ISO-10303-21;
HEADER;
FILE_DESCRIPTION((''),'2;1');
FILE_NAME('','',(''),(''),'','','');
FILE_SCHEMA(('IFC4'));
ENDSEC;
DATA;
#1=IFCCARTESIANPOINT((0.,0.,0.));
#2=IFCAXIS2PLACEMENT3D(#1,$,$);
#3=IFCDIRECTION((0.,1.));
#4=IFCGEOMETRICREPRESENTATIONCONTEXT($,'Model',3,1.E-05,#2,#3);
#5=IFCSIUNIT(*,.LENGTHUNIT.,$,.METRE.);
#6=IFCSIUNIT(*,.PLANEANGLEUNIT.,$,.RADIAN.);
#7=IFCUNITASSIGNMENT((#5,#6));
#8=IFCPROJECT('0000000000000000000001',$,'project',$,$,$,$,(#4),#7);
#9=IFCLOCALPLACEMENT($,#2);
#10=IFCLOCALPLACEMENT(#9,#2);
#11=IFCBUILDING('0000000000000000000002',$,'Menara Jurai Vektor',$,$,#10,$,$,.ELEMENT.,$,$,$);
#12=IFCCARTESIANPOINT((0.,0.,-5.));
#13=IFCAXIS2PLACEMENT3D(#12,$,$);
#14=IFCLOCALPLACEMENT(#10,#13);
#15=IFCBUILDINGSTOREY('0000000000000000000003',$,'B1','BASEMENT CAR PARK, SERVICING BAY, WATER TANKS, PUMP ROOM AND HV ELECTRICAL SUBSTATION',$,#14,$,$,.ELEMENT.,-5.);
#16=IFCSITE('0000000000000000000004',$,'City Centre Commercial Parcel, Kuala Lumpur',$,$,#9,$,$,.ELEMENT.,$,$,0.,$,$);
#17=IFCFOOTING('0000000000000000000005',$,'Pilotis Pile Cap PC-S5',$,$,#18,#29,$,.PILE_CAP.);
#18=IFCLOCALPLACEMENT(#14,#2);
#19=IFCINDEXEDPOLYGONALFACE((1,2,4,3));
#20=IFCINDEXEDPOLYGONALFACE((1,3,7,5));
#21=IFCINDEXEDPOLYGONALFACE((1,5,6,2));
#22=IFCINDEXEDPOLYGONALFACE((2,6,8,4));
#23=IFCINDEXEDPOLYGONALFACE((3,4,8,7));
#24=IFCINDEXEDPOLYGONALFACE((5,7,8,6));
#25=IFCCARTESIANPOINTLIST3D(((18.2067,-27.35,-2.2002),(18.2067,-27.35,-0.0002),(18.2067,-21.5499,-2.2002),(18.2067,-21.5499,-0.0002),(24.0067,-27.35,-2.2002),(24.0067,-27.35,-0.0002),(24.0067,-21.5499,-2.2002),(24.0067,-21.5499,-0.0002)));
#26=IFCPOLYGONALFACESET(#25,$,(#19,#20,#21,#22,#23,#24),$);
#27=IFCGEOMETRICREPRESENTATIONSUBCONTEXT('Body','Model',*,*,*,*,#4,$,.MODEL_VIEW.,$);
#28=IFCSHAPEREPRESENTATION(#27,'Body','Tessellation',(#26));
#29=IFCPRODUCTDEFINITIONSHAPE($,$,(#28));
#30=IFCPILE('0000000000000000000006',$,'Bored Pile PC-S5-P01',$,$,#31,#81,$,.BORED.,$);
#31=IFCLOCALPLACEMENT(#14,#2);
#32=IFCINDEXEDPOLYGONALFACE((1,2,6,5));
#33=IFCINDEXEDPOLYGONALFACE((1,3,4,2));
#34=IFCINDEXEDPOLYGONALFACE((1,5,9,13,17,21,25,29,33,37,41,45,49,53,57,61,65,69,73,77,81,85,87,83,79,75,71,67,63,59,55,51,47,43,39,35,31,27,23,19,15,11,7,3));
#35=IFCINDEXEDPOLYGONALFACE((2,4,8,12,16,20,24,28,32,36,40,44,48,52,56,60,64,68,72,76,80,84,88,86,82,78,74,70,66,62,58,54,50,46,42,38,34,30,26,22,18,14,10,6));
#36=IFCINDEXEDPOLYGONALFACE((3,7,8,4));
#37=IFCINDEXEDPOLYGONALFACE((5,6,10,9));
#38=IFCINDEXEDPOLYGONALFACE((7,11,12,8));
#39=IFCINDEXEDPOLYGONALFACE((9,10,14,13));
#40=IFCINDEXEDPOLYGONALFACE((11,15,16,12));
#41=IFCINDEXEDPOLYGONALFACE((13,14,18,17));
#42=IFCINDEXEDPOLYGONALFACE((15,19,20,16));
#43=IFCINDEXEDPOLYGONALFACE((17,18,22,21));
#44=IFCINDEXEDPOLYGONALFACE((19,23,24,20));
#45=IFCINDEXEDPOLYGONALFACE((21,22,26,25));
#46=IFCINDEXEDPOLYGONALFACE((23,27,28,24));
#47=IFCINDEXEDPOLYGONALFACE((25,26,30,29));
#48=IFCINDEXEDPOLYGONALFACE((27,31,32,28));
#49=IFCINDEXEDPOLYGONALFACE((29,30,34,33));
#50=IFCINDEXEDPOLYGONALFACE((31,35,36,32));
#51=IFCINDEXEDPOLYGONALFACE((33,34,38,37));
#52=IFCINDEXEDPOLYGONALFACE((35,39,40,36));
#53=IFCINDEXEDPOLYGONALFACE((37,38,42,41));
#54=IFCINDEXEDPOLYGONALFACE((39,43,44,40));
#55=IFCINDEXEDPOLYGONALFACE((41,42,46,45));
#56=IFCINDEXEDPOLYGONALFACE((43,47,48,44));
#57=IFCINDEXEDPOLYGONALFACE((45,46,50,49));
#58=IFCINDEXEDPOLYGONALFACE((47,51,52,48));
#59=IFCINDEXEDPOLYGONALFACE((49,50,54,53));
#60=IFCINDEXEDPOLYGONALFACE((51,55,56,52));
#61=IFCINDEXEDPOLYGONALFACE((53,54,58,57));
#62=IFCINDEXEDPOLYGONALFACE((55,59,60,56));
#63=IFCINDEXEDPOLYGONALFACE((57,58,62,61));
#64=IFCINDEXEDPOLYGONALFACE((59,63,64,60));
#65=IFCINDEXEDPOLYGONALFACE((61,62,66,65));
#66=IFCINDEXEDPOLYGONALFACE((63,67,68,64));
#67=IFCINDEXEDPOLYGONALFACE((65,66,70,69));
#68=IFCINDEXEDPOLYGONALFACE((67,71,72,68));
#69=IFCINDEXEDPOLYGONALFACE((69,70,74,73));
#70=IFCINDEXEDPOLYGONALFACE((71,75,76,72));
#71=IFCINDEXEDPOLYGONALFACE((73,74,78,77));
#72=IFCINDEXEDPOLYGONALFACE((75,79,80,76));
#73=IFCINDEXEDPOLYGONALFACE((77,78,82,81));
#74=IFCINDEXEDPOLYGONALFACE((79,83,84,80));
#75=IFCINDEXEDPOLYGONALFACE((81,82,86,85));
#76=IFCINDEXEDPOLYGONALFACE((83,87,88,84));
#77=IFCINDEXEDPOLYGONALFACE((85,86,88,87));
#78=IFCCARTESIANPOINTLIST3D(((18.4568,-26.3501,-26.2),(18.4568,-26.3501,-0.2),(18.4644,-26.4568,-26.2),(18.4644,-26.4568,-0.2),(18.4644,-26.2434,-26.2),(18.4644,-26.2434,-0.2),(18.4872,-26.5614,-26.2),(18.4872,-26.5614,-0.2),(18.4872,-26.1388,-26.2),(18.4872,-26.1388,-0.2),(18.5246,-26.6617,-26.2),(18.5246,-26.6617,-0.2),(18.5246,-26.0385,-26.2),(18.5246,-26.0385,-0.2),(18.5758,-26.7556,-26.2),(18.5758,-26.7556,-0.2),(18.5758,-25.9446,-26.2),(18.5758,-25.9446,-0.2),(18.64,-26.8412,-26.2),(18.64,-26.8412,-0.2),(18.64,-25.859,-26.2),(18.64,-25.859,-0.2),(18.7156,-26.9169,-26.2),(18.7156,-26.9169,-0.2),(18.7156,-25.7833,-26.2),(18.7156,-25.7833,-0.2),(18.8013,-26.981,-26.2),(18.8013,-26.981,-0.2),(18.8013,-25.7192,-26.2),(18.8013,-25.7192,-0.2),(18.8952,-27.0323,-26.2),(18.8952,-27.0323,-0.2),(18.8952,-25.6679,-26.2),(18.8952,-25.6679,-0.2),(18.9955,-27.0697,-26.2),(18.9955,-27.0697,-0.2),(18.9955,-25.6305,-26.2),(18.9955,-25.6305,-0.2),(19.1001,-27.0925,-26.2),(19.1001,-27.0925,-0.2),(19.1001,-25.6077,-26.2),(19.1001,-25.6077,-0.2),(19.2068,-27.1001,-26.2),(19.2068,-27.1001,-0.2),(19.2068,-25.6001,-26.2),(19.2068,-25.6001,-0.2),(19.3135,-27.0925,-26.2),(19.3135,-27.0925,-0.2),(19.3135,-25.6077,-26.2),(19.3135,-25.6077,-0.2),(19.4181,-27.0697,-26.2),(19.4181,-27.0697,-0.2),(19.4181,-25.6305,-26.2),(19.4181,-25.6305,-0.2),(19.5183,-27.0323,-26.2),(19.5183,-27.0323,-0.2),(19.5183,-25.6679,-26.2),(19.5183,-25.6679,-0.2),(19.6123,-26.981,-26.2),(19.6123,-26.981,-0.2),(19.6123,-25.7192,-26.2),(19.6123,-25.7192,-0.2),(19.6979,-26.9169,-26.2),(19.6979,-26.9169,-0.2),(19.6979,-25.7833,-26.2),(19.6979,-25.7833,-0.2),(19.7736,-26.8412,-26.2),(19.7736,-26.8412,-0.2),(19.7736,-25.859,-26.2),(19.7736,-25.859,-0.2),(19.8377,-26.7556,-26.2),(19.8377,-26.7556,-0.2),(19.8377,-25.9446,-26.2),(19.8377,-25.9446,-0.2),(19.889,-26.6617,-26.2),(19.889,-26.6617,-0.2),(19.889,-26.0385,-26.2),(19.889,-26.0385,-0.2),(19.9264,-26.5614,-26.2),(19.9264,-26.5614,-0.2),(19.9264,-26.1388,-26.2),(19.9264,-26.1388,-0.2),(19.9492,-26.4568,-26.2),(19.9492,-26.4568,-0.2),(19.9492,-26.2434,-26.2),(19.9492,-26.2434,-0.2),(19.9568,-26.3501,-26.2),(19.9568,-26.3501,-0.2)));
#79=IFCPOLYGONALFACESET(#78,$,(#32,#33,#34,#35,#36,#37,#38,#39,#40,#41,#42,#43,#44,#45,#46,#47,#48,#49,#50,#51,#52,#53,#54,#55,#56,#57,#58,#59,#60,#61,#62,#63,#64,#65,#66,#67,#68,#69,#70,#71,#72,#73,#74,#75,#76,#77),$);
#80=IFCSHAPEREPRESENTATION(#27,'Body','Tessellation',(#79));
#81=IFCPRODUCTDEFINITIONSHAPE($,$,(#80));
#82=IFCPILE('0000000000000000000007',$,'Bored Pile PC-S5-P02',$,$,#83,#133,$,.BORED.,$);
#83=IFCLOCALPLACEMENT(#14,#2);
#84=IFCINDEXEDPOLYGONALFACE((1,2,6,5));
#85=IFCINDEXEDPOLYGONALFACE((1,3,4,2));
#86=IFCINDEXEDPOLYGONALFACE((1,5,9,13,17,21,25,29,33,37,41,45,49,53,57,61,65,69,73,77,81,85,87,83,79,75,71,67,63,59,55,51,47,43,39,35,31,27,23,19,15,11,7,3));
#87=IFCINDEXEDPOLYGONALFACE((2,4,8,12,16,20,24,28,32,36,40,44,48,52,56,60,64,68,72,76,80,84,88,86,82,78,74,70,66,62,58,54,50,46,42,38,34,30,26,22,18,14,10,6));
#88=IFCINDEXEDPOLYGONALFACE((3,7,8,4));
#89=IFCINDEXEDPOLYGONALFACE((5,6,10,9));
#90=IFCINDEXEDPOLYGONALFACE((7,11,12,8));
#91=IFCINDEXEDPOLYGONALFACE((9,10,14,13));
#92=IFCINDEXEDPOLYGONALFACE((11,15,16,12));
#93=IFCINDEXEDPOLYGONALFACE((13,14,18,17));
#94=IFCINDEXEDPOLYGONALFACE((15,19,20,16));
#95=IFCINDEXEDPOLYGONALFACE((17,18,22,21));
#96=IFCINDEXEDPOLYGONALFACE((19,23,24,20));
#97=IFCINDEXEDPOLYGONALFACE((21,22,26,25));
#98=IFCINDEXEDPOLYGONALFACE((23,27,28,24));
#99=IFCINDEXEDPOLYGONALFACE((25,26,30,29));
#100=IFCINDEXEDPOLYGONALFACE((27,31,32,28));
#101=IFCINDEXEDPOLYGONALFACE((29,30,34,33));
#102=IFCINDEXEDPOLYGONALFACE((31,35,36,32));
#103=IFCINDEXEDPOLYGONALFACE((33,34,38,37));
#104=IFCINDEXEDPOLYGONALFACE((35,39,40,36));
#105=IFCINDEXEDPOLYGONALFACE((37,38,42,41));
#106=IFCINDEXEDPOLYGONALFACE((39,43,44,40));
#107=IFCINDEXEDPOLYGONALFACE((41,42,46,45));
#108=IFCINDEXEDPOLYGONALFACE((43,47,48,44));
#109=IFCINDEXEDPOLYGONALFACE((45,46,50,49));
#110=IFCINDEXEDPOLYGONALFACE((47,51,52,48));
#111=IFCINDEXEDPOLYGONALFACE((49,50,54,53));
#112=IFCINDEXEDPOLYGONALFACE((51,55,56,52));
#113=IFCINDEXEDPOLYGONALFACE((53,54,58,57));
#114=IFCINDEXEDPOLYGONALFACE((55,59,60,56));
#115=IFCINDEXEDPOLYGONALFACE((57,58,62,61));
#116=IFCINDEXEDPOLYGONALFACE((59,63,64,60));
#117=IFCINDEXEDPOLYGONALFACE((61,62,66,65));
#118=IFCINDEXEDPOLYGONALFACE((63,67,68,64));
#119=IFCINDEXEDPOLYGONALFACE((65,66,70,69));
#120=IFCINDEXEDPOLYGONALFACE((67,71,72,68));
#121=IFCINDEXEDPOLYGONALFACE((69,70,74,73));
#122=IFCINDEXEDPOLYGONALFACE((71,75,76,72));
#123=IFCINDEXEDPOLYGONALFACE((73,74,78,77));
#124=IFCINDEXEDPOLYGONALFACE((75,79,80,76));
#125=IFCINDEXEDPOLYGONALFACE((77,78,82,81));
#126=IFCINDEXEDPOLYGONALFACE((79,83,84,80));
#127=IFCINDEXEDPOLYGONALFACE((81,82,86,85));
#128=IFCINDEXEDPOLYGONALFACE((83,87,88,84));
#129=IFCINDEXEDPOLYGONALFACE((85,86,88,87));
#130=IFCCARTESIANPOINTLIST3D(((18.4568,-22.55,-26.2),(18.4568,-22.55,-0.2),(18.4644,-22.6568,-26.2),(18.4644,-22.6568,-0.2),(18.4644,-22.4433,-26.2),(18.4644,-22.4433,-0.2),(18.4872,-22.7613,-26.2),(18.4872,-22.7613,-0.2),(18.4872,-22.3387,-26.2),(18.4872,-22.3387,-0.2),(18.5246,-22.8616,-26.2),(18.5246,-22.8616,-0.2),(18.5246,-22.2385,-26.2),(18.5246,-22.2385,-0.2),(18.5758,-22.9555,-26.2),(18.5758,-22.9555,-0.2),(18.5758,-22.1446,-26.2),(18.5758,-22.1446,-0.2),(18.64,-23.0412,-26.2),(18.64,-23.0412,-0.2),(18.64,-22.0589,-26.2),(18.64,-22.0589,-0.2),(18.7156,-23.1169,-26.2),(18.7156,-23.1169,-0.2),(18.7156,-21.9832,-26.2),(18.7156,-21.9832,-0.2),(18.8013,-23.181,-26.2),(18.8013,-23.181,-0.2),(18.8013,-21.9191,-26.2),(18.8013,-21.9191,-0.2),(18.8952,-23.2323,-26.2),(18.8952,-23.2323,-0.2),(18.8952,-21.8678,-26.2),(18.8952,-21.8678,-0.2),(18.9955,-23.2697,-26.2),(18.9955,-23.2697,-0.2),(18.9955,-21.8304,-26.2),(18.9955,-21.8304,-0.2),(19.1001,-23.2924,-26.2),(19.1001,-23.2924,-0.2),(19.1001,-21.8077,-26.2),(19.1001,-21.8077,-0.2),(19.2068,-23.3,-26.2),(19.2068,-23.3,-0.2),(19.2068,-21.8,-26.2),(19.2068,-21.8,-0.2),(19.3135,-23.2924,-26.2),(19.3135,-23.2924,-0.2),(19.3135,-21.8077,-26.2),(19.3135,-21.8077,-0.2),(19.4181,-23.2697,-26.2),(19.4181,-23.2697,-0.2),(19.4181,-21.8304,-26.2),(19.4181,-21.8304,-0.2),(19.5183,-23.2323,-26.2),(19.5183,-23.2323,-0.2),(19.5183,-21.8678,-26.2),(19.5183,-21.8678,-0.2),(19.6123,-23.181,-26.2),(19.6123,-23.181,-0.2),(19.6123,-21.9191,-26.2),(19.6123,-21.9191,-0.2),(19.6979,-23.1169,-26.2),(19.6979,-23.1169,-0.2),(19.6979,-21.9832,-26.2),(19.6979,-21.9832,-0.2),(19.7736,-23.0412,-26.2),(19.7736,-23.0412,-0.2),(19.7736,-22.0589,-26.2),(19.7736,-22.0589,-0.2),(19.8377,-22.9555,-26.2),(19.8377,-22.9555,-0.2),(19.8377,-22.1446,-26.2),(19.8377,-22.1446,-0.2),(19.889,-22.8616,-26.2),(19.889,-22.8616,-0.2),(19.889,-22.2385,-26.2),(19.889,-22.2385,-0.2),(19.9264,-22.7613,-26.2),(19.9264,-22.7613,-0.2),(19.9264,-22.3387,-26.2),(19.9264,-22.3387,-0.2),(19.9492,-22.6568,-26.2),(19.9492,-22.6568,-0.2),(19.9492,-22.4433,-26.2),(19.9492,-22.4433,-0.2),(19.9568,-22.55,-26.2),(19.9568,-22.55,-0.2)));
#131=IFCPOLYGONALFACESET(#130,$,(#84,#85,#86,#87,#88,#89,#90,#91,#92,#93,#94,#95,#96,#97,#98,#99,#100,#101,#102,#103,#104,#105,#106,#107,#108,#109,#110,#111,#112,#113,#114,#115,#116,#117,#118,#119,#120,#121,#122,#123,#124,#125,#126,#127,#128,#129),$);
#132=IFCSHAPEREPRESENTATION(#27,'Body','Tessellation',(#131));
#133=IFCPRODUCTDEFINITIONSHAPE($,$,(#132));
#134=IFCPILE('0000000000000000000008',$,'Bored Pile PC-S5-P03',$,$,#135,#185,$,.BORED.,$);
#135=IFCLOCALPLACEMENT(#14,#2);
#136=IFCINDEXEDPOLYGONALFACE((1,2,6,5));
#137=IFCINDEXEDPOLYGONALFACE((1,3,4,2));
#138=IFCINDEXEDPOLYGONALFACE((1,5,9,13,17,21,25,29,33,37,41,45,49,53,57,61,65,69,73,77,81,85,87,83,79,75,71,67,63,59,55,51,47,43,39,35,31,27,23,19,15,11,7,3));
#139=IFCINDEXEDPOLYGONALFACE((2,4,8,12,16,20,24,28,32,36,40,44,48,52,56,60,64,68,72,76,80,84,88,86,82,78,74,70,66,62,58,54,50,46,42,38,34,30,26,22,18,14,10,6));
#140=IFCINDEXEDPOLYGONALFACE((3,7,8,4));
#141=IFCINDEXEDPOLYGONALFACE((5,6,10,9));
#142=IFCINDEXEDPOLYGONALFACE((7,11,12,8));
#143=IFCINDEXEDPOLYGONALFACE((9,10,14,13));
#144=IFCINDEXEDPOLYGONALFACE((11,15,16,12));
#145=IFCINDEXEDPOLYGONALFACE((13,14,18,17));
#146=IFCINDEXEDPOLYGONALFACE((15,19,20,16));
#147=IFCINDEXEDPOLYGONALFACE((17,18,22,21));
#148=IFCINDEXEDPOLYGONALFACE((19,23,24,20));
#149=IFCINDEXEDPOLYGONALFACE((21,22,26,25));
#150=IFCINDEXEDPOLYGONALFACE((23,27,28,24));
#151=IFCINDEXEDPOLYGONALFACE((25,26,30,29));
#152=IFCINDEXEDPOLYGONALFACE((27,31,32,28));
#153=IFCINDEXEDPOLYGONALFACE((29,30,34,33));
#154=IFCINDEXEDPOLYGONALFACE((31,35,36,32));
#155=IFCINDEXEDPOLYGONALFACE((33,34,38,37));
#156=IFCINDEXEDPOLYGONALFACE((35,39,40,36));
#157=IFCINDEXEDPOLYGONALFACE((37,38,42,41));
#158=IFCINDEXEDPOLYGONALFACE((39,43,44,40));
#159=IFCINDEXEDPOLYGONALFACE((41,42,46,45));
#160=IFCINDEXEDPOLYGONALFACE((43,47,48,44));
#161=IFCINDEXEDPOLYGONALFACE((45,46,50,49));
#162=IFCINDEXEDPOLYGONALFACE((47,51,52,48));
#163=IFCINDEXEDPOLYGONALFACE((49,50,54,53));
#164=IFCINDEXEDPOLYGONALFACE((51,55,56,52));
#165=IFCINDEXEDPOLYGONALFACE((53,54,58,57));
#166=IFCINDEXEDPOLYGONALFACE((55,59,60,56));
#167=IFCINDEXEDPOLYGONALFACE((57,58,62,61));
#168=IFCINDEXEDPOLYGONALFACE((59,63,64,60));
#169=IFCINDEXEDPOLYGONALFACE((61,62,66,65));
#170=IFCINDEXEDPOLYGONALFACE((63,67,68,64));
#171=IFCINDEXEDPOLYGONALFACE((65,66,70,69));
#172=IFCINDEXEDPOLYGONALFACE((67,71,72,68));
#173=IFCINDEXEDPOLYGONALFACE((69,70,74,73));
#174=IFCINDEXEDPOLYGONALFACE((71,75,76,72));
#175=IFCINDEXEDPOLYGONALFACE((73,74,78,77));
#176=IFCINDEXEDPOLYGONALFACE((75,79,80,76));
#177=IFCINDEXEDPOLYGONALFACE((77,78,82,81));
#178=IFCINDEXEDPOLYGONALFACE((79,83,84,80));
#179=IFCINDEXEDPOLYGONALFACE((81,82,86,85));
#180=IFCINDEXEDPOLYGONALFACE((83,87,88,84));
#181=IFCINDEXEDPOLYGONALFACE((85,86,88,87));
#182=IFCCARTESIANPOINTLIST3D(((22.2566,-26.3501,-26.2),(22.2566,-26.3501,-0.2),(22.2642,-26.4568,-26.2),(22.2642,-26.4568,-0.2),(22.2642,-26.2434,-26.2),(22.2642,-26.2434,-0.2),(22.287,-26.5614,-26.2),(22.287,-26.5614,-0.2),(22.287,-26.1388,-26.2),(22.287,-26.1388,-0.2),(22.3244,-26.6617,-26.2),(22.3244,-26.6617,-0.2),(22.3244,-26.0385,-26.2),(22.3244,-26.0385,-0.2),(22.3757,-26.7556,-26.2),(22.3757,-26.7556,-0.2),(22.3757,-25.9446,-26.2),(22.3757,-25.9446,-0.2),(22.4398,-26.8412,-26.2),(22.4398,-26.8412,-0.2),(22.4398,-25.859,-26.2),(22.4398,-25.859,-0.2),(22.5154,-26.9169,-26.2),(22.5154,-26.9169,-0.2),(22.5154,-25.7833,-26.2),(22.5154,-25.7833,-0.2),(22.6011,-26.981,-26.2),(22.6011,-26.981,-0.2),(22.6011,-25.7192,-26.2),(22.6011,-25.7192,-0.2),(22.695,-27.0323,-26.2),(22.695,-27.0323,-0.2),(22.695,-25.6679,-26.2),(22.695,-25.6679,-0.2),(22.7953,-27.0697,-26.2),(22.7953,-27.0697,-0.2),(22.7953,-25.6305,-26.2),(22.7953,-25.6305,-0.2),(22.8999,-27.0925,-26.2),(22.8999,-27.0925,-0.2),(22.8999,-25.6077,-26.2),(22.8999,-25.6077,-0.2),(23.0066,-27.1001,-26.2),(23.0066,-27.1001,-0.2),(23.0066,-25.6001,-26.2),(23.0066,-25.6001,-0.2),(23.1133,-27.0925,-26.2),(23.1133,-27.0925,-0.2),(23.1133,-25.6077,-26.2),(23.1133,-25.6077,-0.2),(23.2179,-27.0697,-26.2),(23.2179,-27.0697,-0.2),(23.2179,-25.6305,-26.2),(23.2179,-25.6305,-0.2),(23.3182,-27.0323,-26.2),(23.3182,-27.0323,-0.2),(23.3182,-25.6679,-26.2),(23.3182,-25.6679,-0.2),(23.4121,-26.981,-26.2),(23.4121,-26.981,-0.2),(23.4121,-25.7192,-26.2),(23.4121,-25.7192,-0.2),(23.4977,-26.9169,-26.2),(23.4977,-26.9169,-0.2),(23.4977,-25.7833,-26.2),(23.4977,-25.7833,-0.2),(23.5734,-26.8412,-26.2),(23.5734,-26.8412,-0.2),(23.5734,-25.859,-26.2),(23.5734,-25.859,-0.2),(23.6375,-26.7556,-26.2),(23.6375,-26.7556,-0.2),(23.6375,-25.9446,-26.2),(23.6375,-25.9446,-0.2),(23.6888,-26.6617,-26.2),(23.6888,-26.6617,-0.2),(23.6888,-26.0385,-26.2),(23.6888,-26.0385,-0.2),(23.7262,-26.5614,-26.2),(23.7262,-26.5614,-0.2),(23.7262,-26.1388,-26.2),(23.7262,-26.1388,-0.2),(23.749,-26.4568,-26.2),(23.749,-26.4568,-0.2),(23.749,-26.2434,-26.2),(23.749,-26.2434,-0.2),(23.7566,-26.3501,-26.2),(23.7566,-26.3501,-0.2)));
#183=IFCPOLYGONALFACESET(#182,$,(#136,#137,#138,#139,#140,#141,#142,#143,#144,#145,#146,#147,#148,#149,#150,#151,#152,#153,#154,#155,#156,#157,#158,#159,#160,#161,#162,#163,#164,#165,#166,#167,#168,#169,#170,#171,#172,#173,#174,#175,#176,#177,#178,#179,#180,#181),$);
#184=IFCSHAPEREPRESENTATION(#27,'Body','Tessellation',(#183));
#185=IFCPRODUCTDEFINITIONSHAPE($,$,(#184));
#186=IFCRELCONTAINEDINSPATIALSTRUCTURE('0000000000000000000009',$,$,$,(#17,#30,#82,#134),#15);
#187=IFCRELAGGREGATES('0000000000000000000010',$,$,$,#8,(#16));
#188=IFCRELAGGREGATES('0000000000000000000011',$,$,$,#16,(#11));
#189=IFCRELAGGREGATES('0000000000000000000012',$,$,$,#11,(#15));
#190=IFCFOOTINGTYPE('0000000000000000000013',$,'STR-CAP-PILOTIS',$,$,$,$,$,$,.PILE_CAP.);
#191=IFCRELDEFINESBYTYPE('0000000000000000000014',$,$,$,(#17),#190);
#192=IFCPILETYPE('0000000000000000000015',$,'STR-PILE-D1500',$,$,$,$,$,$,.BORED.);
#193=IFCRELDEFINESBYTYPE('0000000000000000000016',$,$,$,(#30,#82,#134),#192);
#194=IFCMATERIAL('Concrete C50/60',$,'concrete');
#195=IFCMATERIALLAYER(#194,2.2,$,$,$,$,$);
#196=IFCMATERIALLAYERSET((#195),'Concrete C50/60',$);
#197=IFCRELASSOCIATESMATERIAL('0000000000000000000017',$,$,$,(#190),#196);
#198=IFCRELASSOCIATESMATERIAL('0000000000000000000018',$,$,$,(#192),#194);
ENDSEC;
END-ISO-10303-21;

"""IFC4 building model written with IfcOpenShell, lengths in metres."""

from ifc_helpers import new_model, si_unit, direction, frame, origin, origin_2d, place, context, subcontext, project, spatial, rectangle, circle, extrude, material, layer, layer_set, material_profile, profile_set, type_object, element, save


model = new_model("IFC4")

# Units and contexts
model_context = context("Model", 3, precision=1e-05, world=origin(), true_north=direction((0.0, 1.0)))
body_context = subcontext(model_context, "Body", "Model", "MODEL_VIEW")
ifc_project = project(units=[si_unit("LENGTHUNIT", "METRE"), si_unit("PLANEANGLEUNIT", "RADIAN")], contexts=[model_context])

# Site, building, storey
site_placement = place(None, origin())
site = spatial("IfcSite", under=ifc_project, at=site_placement, Name="City Centre Commercial Parcel, Kuala Lumpur", CompositionType="ELEMENT", RefElevation=0.0)
building_placement = place(site_placement, origin())
building = spatial("IfcBuilding", under=site, at=building_placement, Name="Menara Jurai Vektor", CompositionType="ELEMENT")
storey_placement = place(building_placement, frame((0.0, 0.0, -5.0)))
storey = spatial("IfcBuildingStorey", under=building, at=storey_placement, Name="B1", Description="BASEMENT CAR PARK, SERVICING BAY, WATER TANKS, PUMP ROOM AND HV ELECTRICAL SUBSTATION", CompositionType="ELEMENT", Elevation=-5.0)

# Footing
ifc_material_1 = material(Name="Concrete C50/60", Category="concrete")
ifc_layer_1 = layer(ifc_material_1, 2.2)
ifc_layer_set_1 = layer_set([ifc_layer_1], Name="Concrete C50/60")
footing_type = type_object("IfcFootingType", Name="STR-CAP-PILOTIS", PredefinedType="PILE_CAP", material=ifc_layer_set_1)
footing_placement = place(storey_placement, frame((21.1067, -24.45, -2.2002), z_axis=(0.0, 0.0, 1.0), x_axis=(1.0, 0.0, 0.0)))
element("IfcFooting", 1, at=footing_placement, inside=storey, type_object=footing_type, Name="Pilotis Pile Cap PC-S5", PredefinedType="PILE_CAP", context=body_context, shape_type="SweptSolid", body=[
    extrude(rectangle(XDim=5.8, YDim=5.8, at=origin_2d()), origin(), (0.0, 0.0, 1.0), 2.2),
])

# Piles
ifc_material_profile_1 = material_profile(ifc_material_1, circle(Radius=0.75, at=origin_2d()), Name="PILE D1500")
ifc_profile_set_1 = profile_set([ifc_material_profile_1], Name="Concrete C50/60")
pile_type_1 = type_object("IfcPileType", Name="STR-PILE-D1500", PredefinedType="BORED", material=ifc_profile_set_1)
for number, where, z_axis, x_axis, name in (
    (2, (19.2068, -26.3501, -0.2), (0.0, 0.0, -1.0), (1.0, 0.0, 0.0), "Bored Pile PC-S5-P01"),
    (3, (19.2068, -22.55, -0.2), (0.0, 0.0, -1.0), (1.0, 0.0, 0.0), "Bored Pile PC-S5-P02"),
    (4, (23.0066, -26.3501, -0.2), (0.0, 0.0, -1.0), (1.0, 0.0, 0.0), "Bored Pile PC-S5-P03"),
):
    element("IfcPile", number, at=place(storey_placement, frame(where, z_axis=z_axis, x_axis=x_axis)), inside=storey, type_object=pile_type_1, Name=name, PredefinedType="BORED", context=body_context, shape_type="SweptSolid", body=[
        extrude(circle(Radius=0.75, at=origin_2d()), origin(), (0.0, 0.0, 1.0), 26.0),
    ])

save(model, "model.ifc")
